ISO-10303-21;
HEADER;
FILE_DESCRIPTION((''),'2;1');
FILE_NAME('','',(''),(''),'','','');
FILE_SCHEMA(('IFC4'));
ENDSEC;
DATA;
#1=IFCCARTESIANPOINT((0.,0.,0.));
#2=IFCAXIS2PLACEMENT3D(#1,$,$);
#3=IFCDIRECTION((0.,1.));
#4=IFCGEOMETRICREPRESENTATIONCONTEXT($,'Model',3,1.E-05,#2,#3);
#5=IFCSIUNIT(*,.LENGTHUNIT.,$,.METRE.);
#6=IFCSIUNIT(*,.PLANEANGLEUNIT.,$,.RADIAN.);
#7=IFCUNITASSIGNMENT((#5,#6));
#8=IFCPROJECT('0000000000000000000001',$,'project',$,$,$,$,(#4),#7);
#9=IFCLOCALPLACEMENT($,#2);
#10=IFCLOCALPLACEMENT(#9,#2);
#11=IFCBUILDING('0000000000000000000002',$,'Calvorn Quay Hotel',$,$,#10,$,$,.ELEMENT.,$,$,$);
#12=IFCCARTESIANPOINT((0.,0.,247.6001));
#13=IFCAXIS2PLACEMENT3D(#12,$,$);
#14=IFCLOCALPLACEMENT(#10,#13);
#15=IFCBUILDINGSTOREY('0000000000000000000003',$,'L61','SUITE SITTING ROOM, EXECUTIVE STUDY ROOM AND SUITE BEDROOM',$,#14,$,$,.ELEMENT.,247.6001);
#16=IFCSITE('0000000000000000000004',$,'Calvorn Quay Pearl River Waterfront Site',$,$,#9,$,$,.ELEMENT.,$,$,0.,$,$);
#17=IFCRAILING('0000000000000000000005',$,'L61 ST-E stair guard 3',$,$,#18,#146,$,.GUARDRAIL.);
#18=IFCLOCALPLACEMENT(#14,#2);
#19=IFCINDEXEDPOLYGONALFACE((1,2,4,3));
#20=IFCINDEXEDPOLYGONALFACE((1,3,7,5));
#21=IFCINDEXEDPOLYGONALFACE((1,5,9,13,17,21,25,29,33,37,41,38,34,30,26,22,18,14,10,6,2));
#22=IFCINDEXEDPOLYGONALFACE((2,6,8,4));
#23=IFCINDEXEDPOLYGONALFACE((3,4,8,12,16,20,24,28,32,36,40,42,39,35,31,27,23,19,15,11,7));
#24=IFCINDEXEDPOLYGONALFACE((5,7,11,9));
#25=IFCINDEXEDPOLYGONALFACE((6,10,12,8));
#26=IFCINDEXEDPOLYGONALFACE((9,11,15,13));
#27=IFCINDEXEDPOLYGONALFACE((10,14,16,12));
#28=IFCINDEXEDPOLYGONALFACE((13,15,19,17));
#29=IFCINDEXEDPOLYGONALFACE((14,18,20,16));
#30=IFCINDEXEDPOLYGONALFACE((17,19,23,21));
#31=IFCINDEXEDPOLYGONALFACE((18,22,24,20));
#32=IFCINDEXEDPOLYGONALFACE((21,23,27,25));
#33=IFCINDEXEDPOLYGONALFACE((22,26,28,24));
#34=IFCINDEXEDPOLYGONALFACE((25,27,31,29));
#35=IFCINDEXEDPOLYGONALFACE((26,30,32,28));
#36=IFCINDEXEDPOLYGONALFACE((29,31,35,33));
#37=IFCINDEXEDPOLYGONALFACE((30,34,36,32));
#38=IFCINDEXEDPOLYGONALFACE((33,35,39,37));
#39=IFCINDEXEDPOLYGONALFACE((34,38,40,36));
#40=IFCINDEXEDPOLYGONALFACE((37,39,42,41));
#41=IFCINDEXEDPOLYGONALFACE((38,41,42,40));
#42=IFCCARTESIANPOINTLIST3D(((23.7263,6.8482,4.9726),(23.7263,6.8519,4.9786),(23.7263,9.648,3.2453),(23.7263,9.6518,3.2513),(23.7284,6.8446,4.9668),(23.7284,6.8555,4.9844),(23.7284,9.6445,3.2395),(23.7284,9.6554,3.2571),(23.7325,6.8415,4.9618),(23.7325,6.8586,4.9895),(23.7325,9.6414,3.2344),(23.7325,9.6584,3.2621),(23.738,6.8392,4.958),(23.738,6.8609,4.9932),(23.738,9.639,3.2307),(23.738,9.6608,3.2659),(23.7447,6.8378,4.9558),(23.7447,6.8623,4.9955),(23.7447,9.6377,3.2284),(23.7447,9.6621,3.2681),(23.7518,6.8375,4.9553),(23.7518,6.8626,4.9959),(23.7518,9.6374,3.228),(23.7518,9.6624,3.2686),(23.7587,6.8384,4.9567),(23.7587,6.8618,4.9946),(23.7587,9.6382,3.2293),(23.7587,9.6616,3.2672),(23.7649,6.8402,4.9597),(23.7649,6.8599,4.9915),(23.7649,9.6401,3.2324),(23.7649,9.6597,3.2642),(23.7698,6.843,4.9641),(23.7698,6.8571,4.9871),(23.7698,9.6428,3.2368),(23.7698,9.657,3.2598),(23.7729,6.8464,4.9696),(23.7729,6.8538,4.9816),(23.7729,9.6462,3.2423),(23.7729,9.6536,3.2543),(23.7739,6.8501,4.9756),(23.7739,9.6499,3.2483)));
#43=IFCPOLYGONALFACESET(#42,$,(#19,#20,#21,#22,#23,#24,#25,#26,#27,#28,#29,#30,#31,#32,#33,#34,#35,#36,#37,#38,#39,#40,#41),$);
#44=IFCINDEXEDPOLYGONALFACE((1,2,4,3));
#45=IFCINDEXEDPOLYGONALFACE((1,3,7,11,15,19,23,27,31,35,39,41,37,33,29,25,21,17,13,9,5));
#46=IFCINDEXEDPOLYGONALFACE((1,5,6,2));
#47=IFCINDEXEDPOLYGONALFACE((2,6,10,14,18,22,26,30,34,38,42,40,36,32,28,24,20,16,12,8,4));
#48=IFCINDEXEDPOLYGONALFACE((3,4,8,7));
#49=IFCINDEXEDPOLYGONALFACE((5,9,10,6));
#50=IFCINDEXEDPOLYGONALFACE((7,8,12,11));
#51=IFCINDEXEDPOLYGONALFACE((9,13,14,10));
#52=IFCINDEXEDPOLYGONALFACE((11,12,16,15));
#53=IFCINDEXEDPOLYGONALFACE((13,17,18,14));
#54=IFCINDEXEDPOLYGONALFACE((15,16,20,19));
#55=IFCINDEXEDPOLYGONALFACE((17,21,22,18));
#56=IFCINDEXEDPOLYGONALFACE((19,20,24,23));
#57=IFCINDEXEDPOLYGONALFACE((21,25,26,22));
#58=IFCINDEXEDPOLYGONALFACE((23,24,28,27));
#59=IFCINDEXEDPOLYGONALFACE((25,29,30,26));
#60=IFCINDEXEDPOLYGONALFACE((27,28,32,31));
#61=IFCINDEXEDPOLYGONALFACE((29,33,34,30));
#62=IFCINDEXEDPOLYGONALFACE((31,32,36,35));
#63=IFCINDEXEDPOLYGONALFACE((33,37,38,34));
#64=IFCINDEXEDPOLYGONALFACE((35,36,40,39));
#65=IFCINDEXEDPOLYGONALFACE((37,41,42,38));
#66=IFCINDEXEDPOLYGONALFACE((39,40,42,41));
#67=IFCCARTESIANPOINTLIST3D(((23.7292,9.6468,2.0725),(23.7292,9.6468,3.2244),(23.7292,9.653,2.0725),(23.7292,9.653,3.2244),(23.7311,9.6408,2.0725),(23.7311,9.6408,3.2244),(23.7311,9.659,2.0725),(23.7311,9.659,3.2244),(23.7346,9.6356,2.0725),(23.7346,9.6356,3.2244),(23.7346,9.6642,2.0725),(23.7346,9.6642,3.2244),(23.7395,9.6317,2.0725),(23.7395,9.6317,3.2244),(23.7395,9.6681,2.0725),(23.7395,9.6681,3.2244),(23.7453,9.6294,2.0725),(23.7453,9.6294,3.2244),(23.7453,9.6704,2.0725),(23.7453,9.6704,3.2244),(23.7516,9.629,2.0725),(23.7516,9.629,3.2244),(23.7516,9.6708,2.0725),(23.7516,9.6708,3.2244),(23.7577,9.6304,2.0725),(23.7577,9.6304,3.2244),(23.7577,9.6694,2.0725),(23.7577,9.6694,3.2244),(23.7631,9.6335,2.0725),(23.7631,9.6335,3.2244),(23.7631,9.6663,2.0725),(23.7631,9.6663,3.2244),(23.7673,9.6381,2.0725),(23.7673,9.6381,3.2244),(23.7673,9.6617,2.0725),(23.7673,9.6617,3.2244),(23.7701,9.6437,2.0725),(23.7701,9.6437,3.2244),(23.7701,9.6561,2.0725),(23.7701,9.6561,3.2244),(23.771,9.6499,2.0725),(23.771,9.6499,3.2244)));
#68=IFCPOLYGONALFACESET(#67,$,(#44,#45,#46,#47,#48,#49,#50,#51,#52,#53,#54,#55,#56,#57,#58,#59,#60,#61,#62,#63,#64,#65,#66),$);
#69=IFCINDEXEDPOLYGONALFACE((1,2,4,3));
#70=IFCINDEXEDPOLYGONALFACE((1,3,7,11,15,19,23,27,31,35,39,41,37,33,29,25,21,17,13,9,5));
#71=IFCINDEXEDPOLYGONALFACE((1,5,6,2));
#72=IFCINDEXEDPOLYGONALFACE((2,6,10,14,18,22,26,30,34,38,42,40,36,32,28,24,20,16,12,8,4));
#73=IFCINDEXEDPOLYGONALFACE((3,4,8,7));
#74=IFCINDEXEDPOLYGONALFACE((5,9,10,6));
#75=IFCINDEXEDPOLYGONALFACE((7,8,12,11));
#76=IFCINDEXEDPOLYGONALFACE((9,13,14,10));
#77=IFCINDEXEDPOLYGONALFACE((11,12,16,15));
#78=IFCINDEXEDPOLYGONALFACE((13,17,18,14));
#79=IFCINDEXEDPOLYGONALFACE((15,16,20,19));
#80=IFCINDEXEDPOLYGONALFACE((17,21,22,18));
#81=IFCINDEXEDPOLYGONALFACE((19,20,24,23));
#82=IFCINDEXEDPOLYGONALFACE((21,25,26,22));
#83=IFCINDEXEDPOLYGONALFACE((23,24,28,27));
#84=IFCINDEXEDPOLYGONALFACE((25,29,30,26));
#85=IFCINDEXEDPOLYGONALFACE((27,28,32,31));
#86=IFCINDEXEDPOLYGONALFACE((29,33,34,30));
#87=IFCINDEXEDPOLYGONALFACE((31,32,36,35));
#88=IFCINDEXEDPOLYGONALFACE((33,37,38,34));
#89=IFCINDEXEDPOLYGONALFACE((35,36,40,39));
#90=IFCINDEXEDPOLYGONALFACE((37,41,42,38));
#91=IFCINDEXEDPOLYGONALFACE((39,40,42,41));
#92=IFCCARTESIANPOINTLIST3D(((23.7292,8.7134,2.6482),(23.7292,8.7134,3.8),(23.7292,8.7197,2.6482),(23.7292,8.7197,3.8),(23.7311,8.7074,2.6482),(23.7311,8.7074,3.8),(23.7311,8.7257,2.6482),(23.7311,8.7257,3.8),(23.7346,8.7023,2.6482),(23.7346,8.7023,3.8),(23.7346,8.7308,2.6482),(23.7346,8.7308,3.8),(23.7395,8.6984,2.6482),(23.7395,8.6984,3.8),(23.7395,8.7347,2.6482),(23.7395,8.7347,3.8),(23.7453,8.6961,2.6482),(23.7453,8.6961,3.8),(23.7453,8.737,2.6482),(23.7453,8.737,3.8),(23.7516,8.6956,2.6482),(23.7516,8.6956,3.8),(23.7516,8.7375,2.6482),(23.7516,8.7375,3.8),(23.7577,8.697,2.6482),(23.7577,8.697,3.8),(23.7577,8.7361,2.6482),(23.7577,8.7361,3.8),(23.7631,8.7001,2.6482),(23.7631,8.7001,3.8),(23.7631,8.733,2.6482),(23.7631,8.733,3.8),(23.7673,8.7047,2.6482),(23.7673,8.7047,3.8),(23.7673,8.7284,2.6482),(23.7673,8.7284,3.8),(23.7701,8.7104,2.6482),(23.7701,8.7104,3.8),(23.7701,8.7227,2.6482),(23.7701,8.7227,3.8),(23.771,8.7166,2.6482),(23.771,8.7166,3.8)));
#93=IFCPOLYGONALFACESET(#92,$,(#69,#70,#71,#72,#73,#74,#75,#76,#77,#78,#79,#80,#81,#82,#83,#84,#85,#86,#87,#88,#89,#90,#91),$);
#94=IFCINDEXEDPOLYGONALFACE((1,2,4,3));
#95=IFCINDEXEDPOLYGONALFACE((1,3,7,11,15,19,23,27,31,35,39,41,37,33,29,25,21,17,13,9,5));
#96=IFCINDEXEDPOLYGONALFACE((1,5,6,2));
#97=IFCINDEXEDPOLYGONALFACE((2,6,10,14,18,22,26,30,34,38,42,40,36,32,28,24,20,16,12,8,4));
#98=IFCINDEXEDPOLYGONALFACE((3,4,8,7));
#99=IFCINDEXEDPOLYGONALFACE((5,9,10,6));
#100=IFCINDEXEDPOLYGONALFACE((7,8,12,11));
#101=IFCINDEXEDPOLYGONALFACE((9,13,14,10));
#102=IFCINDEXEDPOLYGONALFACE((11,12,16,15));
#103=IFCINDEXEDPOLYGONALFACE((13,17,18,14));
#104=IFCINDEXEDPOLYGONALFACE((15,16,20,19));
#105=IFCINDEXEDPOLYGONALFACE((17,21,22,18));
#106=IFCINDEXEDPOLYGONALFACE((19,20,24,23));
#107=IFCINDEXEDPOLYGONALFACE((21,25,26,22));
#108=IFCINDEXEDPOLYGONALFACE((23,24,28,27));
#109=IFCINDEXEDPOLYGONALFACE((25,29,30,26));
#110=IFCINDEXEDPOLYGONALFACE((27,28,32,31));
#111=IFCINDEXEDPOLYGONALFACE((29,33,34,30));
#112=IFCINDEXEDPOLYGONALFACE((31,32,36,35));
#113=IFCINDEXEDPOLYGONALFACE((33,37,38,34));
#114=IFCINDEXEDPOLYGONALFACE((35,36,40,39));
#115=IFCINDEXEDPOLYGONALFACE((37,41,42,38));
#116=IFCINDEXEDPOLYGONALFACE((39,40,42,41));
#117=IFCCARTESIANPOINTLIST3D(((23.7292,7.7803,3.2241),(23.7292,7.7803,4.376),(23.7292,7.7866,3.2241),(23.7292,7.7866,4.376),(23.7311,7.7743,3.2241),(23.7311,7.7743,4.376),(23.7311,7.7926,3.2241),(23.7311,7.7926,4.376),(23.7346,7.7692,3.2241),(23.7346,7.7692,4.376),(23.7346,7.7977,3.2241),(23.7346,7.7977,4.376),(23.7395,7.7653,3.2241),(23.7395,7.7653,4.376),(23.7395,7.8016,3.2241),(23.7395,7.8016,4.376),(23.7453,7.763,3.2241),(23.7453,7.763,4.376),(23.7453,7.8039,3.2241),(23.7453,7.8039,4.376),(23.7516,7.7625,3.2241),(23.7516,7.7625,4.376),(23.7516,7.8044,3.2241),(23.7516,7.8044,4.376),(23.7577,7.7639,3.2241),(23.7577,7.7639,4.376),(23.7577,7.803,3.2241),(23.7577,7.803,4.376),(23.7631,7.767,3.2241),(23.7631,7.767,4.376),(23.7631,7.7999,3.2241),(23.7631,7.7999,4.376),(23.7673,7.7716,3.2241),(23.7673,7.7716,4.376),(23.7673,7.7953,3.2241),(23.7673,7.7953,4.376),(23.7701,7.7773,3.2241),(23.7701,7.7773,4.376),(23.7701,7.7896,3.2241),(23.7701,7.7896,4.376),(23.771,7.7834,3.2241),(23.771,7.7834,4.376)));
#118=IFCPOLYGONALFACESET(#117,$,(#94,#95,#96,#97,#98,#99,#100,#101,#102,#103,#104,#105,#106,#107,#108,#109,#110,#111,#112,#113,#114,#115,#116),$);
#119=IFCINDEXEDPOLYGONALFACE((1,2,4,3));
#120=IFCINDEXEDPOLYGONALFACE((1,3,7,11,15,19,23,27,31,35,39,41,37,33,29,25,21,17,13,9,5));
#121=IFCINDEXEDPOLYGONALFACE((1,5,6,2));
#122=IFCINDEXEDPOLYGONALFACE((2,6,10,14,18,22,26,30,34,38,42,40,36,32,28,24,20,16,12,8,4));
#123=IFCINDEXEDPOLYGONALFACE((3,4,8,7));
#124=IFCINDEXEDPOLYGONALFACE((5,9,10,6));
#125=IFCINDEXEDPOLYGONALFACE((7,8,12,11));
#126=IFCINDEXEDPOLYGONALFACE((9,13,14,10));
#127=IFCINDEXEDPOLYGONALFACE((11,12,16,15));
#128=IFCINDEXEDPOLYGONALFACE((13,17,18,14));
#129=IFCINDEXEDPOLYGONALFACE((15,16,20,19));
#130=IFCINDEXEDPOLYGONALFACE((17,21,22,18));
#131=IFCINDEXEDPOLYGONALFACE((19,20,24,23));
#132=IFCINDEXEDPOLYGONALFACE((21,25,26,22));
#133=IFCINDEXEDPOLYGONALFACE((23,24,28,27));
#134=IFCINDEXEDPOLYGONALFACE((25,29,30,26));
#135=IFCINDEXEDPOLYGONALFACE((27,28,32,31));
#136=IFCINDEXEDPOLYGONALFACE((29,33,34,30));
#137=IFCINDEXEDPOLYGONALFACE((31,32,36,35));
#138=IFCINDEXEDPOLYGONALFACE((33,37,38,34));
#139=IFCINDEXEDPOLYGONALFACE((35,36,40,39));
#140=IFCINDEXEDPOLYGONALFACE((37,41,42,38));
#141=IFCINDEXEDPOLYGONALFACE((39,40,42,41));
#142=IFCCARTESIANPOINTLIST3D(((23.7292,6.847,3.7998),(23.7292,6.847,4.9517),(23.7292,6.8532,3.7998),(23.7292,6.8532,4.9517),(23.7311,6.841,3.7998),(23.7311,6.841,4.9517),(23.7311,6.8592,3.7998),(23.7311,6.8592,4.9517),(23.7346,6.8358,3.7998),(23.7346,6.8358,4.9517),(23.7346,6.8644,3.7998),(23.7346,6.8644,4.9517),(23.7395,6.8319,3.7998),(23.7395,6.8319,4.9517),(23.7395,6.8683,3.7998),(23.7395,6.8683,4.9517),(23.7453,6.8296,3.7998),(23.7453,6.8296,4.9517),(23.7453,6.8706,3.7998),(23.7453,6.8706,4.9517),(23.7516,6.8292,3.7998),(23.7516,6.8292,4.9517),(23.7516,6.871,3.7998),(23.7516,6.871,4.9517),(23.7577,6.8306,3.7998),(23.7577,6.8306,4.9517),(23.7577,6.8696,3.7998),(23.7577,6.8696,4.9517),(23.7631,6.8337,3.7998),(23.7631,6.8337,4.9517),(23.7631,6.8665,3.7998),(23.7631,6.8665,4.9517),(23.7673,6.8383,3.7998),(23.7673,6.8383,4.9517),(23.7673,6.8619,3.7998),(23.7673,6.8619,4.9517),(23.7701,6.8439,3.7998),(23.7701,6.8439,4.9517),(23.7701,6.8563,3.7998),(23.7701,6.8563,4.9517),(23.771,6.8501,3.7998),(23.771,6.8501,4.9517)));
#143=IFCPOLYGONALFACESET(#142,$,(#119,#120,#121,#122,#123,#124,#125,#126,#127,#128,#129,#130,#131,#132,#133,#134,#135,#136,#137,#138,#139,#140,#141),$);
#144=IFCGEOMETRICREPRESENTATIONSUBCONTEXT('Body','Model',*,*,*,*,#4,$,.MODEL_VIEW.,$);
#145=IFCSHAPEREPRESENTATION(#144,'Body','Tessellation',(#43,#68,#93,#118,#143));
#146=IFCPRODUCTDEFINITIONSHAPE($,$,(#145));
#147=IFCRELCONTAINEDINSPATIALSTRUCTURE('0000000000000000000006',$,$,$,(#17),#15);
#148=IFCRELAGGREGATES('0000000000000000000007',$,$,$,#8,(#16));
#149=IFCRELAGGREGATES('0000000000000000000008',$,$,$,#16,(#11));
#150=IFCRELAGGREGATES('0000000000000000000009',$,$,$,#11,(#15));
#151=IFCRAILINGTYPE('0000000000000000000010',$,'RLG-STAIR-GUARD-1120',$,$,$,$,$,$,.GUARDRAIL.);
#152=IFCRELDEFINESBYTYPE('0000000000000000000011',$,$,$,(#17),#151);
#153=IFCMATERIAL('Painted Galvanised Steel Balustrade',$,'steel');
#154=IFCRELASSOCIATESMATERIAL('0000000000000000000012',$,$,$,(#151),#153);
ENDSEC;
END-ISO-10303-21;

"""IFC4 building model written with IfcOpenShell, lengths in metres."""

from ifc_helpers import new_model, si_unit, direction, frame, origin, origin_2d, place, context, subcontext, project, spatial, circle, extrude, material, type_object, element, save


model = new_model("IFC4")

# Units and contexts
model_context = context("Model", 3, precision=1e-05, world=origin(), true_north=direction((0.0, 1.0)))
body_context = subcontext(model_context, "Body", "Model", "MODEL_VIEW")
ifc_project = project(units=[si_unit("LENGTHUNIT", "METRE"), si_unit("PLANEANGLEUNIT", "RADIAN")], contexts=[model_context])

# Site, building, storey
site_placement = place(None, origin())
site = spatial("IfcSite", under=ifc_project, at=site_placement, Name="Calvorn Quay Pearl River Waterfront Site", CompositionType="ELEMENT", RefElevation=0.0)
building_placement = place(site_placement, origin())
building = spatial("IfcBuilding", under=site, at=building_placement, Name="Calvorn Quay Hotel", CompositionType="ELEMENT")
storey_placement = place(building_placement, frame((0.0, 0.0, 247.6001)))
storey = spatial("IfcBuildingStorey", under=building, at=storey_placement, Name="L61", Description="SUITE SITTING ROOM, EXECUTIVE STUDY ROOM AND SUITE BEDROOM", CompositionType="ELEMENT", Elevation=247.6001)

# Railing
ifc_material_1 = material(Name="Painted Galvanised Steel Balustrade", Category="steel")
railing_type_1 = type_object("IfcRailingType", Name="RLG-STAIR-GUARD-1120", PredefinedType="GUARDRAIL", material=ifc_material_1)
railing_1_placement = place(storey_placement, frame((23.75, 9.6499, 2.0725)))
element("IfcRailing", 1, at=railing_1_placement, inside=storey, type_object=railing_type_1, Name="L61 ST-E stair guard 3", PredefinedType="GUARDRAIL", context=body_context, shape_type="SweptSolid", body=[
    extrude(circle(Radius=0.0239, at=origin_2d()), frame((0.0, 0.0, 1.1758), z_axis=(0.0, -0.851069, 0.525054), x_axis=(1.0, 0.0, 0.0)), (0.0, 0.0, 1.0), 3.2898),
    extrude(circle(Radius=0.021, at=origin_2d()), origin(), (0.0, 0.0, 1.0), 1.1519),
    extrude(circle(Radius=0.021, at=origin_2d()), frame((0.0, -0.9333, 0.5757)), (0.0, 0.0, 1.0), 1.1519),
    extrude(circle(Radius=0.021, at=origin_2d()), frame((0.0, -1.8665, 1.1516)), (0.0, 0.0, 1.0), 1.1519),
    extrude(circle(Radius=0.021, at=origin_2d()), frame((0.0, -2.7998, 1.7273)), (0.0, 0.0, 1.0), 1.1519),
])

save(model, "model.ifc")
